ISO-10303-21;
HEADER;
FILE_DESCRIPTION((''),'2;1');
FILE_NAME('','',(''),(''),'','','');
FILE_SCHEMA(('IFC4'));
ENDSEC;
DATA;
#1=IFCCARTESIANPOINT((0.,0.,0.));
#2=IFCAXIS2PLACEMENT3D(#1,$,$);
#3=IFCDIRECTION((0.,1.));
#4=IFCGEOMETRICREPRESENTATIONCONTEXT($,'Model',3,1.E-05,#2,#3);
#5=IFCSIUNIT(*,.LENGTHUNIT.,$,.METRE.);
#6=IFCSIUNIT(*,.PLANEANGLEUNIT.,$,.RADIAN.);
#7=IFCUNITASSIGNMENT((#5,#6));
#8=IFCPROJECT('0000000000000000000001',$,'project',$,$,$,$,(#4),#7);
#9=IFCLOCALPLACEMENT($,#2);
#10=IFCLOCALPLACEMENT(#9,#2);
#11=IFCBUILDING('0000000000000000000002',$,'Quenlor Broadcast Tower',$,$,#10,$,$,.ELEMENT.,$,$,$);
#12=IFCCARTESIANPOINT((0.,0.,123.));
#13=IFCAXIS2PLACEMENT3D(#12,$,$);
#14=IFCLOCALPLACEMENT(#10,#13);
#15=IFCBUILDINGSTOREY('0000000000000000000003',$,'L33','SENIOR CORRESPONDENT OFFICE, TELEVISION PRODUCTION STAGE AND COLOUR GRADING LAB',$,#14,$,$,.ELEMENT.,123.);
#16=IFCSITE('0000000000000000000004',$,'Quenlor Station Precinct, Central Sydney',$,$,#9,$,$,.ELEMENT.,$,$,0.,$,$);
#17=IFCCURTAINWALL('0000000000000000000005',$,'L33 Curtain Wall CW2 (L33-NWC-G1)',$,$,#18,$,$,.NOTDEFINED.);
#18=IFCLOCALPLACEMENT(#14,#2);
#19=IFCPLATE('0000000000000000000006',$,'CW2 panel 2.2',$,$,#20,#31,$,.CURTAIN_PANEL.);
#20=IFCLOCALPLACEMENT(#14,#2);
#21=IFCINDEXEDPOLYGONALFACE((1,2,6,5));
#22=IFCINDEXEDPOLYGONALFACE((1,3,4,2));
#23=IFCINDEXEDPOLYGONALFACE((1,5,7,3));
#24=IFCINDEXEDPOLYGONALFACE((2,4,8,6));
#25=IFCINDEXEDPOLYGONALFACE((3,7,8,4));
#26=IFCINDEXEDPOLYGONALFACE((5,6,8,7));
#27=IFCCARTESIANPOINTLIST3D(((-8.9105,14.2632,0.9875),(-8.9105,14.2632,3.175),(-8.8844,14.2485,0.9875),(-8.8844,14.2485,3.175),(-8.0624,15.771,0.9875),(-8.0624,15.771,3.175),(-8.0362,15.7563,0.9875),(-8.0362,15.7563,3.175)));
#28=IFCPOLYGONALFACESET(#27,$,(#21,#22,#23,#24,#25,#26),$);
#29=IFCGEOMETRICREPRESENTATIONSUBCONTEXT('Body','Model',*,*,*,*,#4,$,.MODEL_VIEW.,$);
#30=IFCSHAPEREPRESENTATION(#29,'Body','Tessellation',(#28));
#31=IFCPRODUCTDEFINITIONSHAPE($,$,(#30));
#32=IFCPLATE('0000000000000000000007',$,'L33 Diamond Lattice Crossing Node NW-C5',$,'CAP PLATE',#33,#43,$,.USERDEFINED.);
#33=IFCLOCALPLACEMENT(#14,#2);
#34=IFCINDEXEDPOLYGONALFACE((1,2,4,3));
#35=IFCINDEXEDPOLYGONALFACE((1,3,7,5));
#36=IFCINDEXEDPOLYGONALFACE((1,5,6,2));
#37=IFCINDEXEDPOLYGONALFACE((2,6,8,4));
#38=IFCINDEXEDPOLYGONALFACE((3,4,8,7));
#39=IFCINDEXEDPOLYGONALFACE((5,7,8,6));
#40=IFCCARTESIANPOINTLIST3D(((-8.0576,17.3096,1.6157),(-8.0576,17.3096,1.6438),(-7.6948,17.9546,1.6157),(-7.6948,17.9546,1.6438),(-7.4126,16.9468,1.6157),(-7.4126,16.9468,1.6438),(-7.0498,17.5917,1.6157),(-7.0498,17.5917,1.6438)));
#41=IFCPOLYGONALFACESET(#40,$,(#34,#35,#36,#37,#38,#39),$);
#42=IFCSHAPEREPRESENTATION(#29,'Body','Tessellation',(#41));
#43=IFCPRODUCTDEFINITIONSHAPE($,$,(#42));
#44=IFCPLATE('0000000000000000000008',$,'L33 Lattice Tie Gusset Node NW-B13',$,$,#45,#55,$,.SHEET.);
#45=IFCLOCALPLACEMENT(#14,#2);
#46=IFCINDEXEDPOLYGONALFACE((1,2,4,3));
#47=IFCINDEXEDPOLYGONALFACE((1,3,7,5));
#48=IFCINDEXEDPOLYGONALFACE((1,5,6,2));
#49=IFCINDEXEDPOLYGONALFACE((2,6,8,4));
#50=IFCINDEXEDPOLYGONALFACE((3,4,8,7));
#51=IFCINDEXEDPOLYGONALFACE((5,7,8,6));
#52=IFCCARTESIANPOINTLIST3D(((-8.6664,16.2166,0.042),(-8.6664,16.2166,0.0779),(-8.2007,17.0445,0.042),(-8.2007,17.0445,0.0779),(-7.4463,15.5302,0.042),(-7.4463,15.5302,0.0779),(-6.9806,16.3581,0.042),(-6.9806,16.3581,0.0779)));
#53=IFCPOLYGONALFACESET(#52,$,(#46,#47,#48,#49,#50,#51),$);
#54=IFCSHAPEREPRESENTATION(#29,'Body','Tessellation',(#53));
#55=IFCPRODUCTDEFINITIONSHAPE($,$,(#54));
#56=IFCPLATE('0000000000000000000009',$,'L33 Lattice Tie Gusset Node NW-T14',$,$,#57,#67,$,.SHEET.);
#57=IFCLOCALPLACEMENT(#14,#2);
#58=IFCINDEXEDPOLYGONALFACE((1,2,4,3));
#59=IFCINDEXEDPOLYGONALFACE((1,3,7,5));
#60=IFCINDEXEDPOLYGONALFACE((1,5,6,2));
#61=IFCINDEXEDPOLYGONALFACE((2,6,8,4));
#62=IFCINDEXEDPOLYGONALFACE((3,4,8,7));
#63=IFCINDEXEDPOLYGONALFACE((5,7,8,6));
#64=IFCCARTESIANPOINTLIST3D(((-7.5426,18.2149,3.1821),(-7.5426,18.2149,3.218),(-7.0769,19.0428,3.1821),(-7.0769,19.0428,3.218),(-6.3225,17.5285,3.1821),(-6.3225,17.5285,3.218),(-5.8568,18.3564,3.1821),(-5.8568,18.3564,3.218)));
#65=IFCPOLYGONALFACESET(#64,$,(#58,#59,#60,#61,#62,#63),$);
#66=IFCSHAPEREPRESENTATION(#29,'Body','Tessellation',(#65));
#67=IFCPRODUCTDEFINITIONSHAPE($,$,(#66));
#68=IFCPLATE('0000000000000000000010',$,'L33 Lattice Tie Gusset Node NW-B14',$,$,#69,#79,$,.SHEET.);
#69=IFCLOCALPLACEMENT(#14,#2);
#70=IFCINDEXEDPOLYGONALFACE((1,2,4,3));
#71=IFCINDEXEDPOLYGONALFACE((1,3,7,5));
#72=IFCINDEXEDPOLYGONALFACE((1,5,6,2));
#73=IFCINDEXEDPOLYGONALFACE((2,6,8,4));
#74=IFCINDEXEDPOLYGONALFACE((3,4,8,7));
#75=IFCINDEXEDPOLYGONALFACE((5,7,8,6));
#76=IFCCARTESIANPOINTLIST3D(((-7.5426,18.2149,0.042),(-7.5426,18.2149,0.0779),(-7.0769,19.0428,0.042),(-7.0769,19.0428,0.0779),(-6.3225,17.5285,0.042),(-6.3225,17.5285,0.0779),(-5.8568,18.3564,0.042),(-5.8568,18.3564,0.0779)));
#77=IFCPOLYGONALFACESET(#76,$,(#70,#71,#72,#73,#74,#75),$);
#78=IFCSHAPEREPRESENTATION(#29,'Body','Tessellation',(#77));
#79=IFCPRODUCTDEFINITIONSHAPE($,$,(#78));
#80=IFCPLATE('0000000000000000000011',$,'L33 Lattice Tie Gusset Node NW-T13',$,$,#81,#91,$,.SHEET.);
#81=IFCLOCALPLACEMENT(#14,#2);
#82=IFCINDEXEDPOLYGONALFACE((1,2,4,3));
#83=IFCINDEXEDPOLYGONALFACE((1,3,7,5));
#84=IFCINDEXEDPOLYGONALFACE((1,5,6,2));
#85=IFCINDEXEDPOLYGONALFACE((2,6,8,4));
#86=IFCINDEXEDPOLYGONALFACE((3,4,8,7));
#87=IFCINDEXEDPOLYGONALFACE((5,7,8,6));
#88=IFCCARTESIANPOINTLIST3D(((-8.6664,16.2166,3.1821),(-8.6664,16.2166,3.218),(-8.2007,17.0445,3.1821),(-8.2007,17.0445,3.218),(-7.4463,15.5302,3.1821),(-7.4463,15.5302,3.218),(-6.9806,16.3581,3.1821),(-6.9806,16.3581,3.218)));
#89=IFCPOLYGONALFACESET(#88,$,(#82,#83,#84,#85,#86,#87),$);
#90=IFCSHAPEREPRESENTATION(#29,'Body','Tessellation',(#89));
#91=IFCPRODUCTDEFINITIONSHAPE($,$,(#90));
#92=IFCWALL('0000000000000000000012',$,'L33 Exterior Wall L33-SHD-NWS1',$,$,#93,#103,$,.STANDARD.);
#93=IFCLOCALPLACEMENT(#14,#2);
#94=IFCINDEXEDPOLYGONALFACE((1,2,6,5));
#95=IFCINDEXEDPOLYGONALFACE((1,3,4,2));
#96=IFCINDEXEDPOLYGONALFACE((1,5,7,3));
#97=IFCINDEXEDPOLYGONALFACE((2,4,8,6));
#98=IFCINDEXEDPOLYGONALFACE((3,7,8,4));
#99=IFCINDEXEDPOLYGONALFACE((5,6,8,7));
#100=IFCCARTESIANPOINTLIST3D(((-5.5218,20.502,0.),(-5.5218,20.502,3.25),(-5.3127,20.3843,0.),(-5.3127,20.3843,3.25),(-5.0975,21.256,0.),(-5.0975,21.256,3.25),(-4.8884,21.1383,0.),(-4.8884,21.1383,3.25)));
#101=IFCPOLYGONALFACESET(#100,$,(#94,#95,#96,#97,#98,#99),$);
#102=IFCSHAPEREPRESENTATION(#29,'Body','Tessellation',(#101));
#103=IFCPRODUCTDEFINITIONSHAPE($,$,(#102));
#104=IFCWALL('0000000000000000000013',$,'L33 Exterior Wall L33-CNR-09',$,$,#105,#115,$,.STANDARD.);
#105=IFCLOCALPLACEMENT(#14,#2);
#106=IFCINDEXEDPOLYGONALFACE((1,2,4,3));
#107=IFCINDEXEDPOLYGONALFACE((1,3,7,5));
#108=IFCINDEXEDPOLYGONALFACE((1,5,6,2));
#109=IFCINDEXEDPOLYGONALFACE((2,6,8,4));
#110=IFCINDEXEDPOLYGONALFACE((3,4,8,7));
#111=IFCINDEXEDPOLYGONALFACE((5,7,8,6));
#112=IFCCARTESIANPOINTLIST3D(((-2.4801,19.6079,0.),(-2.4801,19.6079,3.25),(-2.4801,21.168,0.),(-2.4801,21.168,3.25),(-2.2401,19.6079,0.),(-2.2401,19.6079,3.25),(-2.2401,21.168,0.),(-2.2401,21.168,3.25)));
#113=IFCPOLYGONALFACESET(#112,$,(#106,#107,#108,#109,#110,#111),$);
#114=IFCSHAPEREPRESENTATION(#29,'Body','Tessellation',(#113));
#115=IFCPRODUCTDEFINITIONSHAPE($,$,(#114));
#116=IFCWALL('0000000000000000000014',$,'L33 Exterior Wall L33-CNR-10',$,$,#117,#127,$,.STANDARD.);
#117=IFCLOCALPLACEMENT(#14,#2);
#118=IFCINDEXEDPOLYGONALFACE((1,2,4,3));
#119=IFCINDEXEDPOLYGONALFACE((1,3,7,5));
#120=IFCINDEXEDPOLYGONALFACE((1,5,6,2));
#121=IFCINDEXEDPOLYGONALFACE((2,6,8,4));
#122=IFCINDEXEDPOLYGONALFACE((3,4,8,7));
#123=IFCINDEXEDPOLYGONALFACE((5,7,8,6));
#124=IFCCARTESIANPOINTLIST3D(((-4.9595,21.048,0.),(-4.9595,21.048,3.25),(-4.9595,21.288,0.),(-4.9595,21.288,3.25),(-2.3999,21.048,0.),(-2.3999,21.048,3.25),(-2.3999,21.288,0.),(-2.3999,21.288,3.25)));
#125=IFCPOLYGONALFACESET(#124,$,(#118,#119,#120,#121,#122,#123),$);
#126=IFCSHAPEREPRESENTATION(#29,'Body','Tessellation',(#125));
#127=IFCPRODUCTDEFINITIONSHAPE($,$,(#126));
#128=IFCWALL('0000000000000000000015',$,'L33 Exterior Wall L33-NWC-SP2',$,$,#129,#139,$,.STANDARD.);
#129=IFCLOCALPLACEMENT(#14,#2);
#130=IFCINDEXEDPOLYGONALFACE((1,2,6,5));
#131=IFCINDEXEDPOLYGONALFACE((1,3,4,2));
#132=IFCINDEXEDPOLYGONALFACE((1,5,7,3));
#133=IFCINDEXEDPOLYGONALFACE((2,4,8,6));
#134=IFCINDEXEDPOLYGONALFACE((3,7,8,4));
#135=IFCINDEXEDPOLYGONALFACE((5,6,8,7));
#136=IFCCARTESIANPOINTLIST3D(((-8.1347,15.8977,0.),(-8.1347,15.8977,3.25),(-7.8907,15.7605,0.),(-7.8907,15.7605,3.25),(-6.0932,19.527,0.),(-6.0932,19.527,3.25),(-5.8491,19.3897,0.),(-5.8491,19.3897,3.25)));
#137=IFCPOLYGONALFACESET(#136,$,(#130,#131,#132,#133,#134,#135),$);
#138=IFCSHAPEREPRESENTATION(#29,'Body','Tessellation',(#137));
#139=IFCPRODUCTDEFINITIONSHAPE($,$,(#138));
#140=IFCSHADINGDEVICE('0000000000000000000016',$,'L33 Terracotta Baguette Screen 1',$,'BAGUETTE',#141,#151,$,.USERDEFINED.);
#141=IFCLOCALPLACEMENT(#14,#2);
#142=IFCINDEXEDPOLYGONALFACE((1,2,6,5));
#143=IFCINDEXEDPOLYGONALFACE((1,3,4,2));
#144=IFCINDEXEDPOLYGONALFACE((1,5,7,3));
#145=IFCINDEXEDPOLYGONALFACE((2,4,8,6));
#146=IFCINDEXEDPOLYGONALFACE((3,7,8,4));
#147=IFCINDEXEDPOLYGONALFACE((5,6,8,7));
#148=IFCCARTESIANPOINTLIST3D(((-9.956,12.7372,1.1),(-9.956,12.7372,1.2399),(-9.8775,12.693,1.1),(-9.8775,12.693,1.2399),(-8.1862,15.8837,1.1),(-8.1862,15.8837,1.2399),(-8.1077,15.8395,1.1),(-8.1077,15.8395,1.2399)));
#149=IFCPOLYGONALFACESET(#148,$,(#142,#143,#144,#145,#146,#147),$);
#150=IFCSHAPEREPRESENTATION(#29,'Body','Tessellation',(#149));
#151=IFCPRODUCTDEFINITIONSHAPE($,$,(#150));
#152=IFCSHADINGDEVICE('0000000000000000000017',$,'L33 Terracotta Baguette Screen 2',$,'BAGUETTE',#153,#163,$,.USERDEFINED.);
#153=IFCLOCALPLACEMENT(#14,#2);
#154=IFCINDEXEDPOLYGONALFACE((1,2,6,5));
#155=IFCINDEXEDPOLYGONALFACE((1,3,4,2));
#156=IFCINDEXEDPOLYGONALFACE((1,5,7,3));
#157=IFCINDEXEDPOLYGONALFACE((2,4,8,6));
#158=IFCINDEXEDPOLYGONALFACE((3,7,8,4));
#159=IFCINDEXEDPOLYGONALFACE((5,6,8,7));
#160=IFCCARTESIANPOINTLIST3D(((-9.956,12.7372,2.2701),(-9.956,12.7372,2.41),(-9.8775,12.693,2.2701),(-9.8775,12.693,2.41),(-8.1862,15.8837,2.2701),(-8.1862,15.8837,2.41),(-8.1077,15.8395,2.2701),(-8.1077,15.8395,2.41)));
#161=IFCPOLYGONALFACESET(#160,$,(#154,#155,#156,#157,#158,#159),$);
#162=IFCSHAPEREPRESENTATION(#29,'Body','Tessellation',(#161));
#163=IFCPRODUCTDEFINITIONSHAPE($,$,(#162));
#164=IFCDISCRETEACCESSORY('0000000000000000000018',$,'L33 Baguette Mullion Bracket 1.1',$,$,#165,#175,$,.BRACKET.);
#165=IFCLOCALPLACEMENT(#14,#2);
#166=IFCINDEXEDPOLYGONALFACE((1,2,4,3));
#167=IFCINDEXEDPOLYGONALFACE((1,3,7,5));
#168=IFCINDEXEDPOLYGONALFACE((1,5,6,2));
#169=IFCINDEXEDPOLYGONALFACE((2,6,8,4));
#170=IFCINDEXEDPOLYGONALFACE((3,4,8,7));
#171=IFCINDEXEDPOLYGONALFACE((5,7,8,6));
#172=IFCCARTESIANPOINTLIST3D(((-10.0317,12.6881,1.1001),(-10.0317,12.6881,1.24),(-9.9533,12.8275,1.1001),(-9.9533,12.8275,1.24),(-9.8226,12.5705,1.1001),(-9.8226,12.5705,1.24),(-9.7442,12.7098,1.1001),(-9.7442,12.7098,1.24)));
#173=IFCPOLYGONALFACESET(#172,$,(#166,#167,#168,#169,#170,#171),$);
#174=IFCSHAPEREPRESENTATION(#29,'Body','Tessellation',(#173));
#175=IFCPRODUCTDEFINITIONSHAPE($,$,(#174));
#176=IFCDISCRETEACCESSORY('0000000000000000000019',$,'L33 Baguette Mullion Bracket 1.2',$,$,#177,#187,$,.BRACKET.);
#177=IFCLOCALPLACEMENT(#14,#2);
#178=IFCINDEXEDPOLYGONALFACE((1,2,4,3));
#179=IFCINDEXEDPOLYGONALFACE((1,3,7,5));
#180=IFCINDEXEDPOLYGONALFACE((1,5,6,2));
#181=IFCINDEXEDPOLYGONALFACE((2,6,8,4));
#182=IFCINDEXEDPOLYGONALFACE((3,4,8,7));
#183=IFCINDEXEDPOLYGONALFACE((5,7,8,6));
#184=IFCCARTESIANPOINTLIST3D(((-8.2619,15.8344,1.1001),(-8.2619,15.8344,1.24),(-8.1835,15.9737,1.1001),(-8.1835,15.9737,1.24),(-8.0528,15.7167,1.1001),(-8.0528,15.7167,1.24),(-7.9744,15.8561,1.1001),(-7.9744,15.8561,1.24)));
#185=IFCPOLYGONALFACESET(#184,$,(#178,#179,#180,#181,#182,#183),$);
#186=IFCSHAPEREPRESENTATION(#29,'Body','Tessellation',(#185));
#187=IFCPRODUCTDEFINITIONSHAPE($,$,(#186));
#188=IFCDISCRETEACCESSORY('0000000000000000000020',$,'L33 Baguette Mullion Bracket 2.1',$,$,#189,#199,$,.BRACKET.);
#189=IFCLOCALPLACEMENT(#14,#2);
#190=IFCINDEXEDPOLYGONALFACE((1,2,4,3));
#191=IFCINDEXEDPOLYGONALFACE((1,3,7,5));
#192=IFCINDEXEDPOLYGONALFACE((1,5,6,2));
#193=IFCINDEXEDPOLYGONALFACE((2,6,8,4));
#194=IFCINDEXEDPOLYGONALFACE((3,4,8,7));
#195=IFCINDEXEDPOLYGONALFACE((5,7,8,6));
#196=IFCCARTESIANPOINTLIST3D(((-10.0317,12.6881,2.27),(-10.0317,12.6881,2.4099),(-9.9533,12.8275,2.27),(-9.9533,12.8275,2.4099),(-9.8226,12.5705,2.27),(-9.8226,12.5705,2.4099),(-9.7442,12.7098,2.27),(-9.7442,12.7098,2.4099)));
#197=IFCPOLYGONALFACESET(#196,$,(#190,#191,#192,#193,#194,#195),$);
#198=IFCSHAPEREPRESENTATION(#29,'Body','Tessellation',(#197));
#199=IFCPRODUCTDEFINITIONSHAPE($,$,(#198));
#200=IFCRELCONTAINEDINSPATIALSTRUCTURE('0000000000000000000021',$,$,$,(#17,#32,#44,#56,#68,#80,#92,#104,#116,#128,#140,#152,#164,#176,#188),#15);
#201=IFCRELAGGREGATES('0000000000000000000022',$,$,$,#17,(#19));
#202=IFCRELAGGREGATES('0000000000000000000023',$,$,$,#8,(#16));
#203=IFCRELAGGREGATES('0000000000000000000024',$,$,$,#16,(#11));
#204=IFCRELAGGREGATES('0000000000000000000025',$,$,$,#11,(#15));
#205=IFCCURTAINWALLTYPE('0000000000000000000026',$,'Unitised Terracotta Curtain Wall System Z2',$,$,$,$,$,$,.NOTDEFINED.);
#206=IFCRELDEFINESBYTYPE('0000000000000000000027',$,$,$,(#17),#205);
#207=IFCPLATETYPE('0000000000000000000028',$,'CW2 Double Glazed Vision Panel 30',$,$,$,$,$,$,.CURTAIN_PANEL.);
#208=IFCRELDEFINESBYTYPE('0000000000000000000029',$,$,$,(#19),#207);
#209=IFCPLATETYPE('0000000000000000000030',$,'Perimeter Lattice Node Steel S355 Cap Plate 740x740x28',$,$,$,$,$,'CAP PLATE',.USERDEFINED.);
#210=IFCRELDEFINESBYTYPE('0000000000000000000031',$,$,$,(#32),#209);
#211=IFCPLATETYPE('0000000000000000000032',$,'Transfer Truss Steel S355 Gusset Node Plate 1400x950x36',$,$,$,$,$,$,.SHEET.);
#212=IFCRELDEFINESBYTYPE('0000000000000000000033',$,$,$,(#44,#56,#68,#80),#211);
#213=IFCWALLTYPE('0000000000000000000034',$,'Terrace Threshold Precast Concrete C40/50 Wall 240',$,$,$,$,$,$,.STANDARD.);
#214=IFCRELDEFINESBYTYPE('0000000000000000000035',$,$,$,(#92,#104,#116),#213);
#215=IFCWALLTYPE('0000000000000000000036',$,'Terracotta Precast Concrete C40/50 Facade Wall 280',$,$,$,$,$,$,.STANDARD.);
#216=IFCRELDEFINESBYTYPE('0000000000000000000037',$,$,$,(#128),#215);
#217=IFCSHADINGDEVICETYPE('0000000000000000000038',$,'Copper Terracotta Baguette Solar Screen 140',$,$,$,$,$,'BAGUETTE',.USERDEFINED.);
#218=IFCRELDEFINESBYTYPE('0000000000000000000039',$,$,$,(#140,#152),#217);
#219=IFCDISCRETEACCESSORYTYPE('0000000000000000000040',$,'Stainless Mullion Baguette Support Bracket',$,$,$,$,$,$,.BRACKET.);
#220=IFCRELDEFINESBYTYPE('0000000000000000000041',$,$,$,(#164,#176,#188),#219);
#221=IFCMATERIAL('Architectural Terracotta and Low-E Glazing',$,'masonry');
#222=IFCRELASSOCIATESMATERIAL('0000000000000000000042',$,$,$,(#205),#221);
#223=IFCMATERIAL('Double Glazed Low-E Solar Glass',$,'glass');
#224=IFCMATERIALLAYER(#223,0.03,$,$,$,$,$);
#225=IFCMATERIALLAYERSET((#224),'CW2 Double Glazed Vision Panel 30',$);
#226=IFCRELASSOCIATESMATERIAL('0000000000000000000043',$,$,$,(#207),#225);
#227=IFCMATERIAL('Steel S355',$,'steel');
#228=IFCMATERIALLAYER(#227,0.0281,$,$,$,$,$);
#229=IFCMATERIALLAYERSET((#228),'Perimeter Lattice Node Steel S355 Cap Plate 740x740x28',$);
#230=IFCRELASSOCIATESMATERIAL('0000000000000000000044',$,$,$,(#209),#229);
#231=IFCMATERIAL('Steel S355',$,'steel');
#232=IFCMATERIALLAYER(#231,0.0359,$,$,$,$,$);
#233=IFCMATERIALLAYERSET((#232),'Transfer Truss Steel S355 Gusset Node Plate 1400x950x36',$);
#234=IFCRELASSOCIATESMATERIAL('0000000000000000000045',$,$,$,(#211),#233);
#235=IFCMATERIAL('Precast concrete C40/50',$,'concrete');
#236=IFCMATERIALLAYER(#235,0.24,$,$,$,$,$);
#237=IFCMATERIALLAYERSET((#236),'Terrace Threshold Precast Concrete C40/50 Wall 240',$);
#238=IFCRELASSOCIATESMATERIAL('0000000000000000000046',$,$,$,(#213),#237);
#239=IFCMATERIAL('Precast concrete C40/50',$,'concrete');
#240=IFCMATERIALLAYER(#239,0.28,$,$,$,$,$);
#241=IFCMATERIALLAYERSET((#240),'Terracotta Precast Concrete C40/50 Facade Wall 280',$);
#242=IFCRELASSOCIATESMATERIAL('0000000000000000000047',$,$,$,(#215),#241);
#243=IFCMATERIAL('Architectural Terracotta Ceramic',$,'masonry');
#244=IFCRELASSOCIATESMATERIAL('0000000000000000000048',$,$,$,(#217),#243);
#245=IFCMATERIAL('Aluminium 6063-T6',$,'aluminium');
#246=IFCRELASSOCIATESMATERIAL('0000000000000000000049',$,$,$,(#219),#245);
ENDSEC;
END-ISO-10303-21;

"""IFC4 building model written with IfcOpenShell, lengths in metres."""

from ifc_helpers import new_model, si_unit, direction, frame, frame_2d, origin, origin_2d, place, context, subcontext, project, spatial, rectangle, extrude, material, layer, layer_set, material_profile, profile_set, type_object, element, aggregate, save


model = new_model("IFC4")

# Units and contexts
model_context = context("Model", 3, precision=1e-05, world=origin(), true_north=direction((0.0, 1.0)))
body_context = subcontext(model_context, "Body", "Model", "MODEL_VIEW")
ifc_project = project(units=[si_unit("LENGTHUNIT", "METRE"), si_unit("PLANEANGLEUNIT", "RADIAN")], contexts=[model_context])

# Site, building, storey
site_placement = place(None, origin())
site = spatial("IfcSite", under=ifc_project, at=site_placement, Name="Quenlor Station Precinct, Central Sydney", CompositionType="ELEMENT", RefElevation=0.0)
building_placement = place(site_placement, origin())
building = spatial("IfcBuilding", under=site, at=building_placement, Name="Quenlor Broadcast Tower", CompositionType="ELEMENT")
storey_placement = place(building_placement, frame((0.0, 0.0, 123.0)))
storey = spatial("IfcBuildingStorey", under=building, at=storey_placement, Name="L33", Description="SENIOR CORRESPONDENT OFFICE, TELEVISION PRODUCTION STAGE AND COLOUR GRADING LAB", CompositionType="ELEMENT", Elevation=123.0)

# Curtain wall
ifc_material_1 = material(Name="Architectural Terracotta and Low-E Glazing", Category="masonry")
curtain_wall_type = type_object("IfcCurtainWallType", Name="Unitised Terracotta Curtain Wall System Z2", PredefinedType="NOTDEFINED", material=ifc_material_1)
curtain_wall_placement = place(storey_placement, origin())
curtain_wall = element("IfcCurtainWall", 1, at=curtain_wall_placement, inside=storey, type_object=curtain_wall_type, Name="L33 Curtain Wall CW2 (L33-NWC-G1)", PredefinedType="NOTDEFINED")

# Plate
ifc_material_2 = material(Name="Double Glazed Low-E Solar Glass", Category="glass")
ifc_layer_1 = layer(ifc_material_2, 0.03)
ifc_layer_set_1 = layer_set([ifc_layer_1], Name="CW2 Double Glazed Vision Panel 30")
plate_type_1 = type_object("IfcPlateType", Name="CW2 Double Glazed Vision Panel 30", PredefinedType="CURTAIN_PANEL", material=ifc_layer_set_1)
plate_1_placement = place(storey_placement, frame((-8.4734, 15.0098, 0.9875), z_axis=(0.0, 0.0, 1.0), x_axis=(0.490265, 0.871573, 0.0)))
plate_1 = element("IfcPlate", 2, at=plate_1_placement, type_object=plate_type_1, Name="CW2 panel 2.2", PredefinedType="CURTAIN_PANEL", context=body_context, shape_type="SweptSolid", body=[
    extrude(rectangle(XDim=1.73, YDim=0.03, at=origin_2d()), origin(), (0.0, 0.0, 1.0), 2.1875),
])
aggregate(curtain_wall, [plate_1])

# Plates
ifc_material_3 = material(Name="Steel S355", Category="steel")
ifc_layer_2 = layer(ifc_material_3, 0.0281)
ifc_layer_set_2 = layer_set([ifc_layer_2], Name="Perimeter Lattice Node Steel S355 Cap Plate 740x740x28")
plate_type_2 = type_object("IfcPlateType", Name="Perimeter Lattice Node Steel S355 Cap Plate 740x740x28", ElementType="CAP PLATE", PredefinedType="USERDEFINED", material=ifc_layer_set_2)
plate_2_placement = place(storey_placement, frame((-7.5537, 17.4507, 1.6157), z_axis=(0.0, 0.0, 1.0), x_axis=(0.490295, 0.871556, 0.0)))
element("IfcPlate", 3, at=plate_2_placement, inside=storey, type_object=plate_type_2, Name="L33 Diamond Lattice Crossing Node NW-C5", ObjectType="CAP PLATE", PredefinedType="USERDEFINED", context=body_context, shape_type="SweptSolid", body=[
    extrude(rectangle(XDim=0.74, YDim=0.74, at=origin_2d()), origin(), (0.0, 0.0, 1.0), 0.0281),
])
ifc_material_4 = material(Name="Steel S355", Category="steel")
ifc_layer_3 = layer(ifc_material_4, 0.0359)
ifc_layer_set_3 = layer_set([ifc_layer_3], Name="Transfer Truss Steel S355 Gusset Node Plate 1400x950x36")
plate_type_3 = type_object("IfcPlateType", Name="Transfer Truss Steel S355 Gusset Node Plate 1400x950x36", PredefinedType="SHEET", material=ifc_layer_set_3)
for number, where, z_axis, x_axis, name in (
    (4, (-7.8235, 16.2874, 0.042), (0.0, 0.0, 1.0), (-0.871556, 0.490295, 0.0), "L33 Lattice Tie Gusset Node NW-B13"),
    (5, (-6.6997, 18.2856, 3.1821), (0.0, 0.0, 1.0), (-0.871556, 0.490295, 0.0), "L33 Lattice Tie Gusset Node NW-T14"),
    (6, (-6.6997, 18.2856, 0.042), (0.0, 0.0, 1.0), (-0.871556, 0.490295, 0.0), "L33 Lattice Tie Gusset Node NW-B14"),
    (7, (-7.8235, 16.2874, 3.1821), (0.0, 0.0, 1.0), (-0.871556, 0.490295, 0.0), "L33 Lattice Tie Gusset Node NW-T13"),
):
    element("IfcPlate", number, at=place(storey_placement, frame(where, z_axis=z_axis, x_axis=x_axis)), inside=storey, type_object=plate_type_3, Name=name, PredefinedType="SHEET", context=body_context, shape_type="SweptSolid", body=[
        extrude(rectangle(XDim=1.3999, YDim=0.95, at=origin_2d()), origin(), (0.0, 0.0, 1.0), 0.0359),
    ])

# Walls
ifc_material_5 = material(Name="Precast concrete C40/50", Category="concrete")
ifc_layer_4 = layer(ifc_material_5, 0.24)
ifc_layer_set_4 = layer_set([ifc_layer_4], Name="Terrace Threshold Precast Concrete C40/50 Wall 240")
wall_type_1 = type_object("IfcWallType", Name="Terrace Threshold Precast Concrete C40/50 Wall 240", PredefinedType="STANDARD", material=ifc_layer_set_4)
wall_1_placement = place(storey_placement, frame((-5.4172, 20.4431, 0.0), z_axis=(0.0, 0.0, 1.0), x_axis=(0.490355, 0.871523, 0.0)))
element("IfcWall", 8, at=wall_1_placement, inside=storey, type_object=wall_type_1, Name="L33 Exterior Wall L33-SHD-NWS1", PredefinedType="STANDARD", context=body_context, shape_type="SweptSolid", body=[
    extrude(rectangle(XDim=0.8652, YDim=0.24, at=frame_2d((0.4326, 0.0))), origin(), (0.0, 0.0, 1.0), 3.25),
])
wall_2_placement = place(storey_placement, frame((-2.3601, 19.6079, 0.0), z_axis=(0.0, 0.0, 1.0), x_axis=(0.0, 1.0, 0.0)))
element("IfcWall", 9, at=wall_2_placement, inside=storey, type_object=wall_type_1, Name="L33 Exterior Wall L33-CNR-09", PredefinedType="STANDARD", context=body_context, shape_type="SweptSolid", body=[
    extrude(rectangle(XDim=1.5601, YDim=0.24, at=frame_2d((0.78, 0.0))), origin(), (0.0, 0.0, 1.0), 3.25),
])
wall_3_placement = place(storey_placement, frame((-2.3999, 21.168, 0.0), z_axis=(0.0, 0.0, 1.0), x_axis=(-1.0, 0.0, 0.0)))
element("IfcWall", 10, at=wall_3_placement, inside=storey, type_object=wall_type_1, Name="L33 Exterior Wall L33-CNR-10", PredefinedType="STANDARD", context=body_context, shape_type="SweptSolid", body=[
    extrude(rectangle(XDim=2.5596, YDim=0.24, at=frame_2d((1.2798, 0.0))), origin(), (0.0, 0.0, 1.0), 3.25),
])
ifc_material_6 = material(Name="Precast concrete C40/50", Category="concrete")
ifc_layer_5 = layer(ifc_material_6, 0.28)
ifc_layer_set_5 = layer_set([ifc_layer_5], Name="Terracotta Precast Concrete C40/50 Facade Wall 280")
wall_type_2 = type_object("IfcWallType", Name="Terracotta Precast Concrete C40/50 Facade Wall 280", PredefinedType="STANDARD", material=ifc_layer_set_5)
wall_4_placement = place(storey_placement, frame((-8.0127, 15.8291, 0.0), z_axis=(0.0, 0.0, 1.0), x_axis=(0.490281, 0.871565, 0.0)))
element("IfcWall", 11, at=wall_4_placement, inside=storey, type_object=wall_type_2, Name="L33 Exterior Wall L33-NWC-SP2", PredefinedType="STANDARD", context=body_context, shape_type="SweptSolid", body=[
    extrude(rectangle(XDim=4.1641, YDim=0.28, at=frame_2d((2.082, 0.0))), origin(), (0.0, 0.0, 1.0), 3.25),
])

# Shading devices
ifc_material_7 = material(Name="Architectural Terracotta Ceramic", Category="masonry")
ifc_material_profile_1 = material_profile(ifc_material_7, rectangle(XDim=0.0901, YDim=0.1399, at=origin_2d()))
ifc_profile_set_1 = profile_set([ifc_material_profile_1], Name="Architectural Terracotta Ceramic BAG90x140")
shading_device_type = type_object("IfcShadingDeviceType", Name="Copper Terracotta Baguette Solar Screen 140", ElementType="BAGUETTE", PredefinedType="USERDEFINED", material=ifc_profile_set_1)
for number, where, z_axis, x_axis, name in (
    (12, (-9.9167, 12.7151, 1.1699), (0.490236, 0.87159, 0.0), (-0.87159, 0.490236, 0.0), "L33 Terracotta Baguette Screen 1"),
    (13, (-9.9167, 12.7151, 2.3401), (0.490236, 0.87159, 0.0), (-0.87159, 0.490236, 0.0), "L33 Terracotta Baguette Screen 2"),
):
    element("IfcShadingDevice", number, at=place(storey_placement, frame(where, z_axis=z_axis, x_axis=x_axis)), inside=storey, type_object=shading_device_type, Name=name, ObjectType="BAGUETTE", PredefinedType="USERDEFINED", context=body_context, shape_type="SweptSolid", body=[
        extrude(rectangle(XDim=0.0901, YDim=0.1399, at=origin_2d()), origin(), (0.0, 0.0, 1.0), 3.6101),
    ])

# Discrete accessories
ifc_material_8 = material(Name="Aluminium 6063-T6", Category="aluminium")
discrete_accessory_type = type_object("IfcDiscreteAccessoryType", Name="Stainless Mullion Baguette Support Bracket", PredefinedType="BRACKET", material=ifc_material_8)
for number, where, z_axis, x_axis, name in (
    (14, (-9.8879, 12.699, 1.1001), (0.0, 0.0, 1.0), (0.490265, 0.871573, 0.0), "L33 Baguette Mullion Bracket 1.1"),
    (15, (-8.1182, 15.8452, 1.1001), (0.0, 0.0, 1.0), (0.490265, 0.871573, 0.0), "L33 Baguette Mullion Bracket 1.2"),
    (16, (-9.8879, 12.699, 2.27), (0.0, 0.0, 1.0), (0.490265, 0.871573, 0.0), "L33 Baguette Mullion Bracket 2.1"),
):
    element("IfcDiscreteAccessory", number, at=place(storey_placement, frame(where, z_axis=z_axis, x_axis=x_axis)), inside=storey, type_object=discrete_accessory_type, Name=name, PredefinedType="BRACKET", context=body_context, shape_type="SweptSolid", body=[
        extrude(rectangle(XDim=0.1599, YDim=0.24, at=origin_2d()), origin(), (0.0, 0.0, 1.0), 0.1399),
    ])

save(model, "model.ifc")
